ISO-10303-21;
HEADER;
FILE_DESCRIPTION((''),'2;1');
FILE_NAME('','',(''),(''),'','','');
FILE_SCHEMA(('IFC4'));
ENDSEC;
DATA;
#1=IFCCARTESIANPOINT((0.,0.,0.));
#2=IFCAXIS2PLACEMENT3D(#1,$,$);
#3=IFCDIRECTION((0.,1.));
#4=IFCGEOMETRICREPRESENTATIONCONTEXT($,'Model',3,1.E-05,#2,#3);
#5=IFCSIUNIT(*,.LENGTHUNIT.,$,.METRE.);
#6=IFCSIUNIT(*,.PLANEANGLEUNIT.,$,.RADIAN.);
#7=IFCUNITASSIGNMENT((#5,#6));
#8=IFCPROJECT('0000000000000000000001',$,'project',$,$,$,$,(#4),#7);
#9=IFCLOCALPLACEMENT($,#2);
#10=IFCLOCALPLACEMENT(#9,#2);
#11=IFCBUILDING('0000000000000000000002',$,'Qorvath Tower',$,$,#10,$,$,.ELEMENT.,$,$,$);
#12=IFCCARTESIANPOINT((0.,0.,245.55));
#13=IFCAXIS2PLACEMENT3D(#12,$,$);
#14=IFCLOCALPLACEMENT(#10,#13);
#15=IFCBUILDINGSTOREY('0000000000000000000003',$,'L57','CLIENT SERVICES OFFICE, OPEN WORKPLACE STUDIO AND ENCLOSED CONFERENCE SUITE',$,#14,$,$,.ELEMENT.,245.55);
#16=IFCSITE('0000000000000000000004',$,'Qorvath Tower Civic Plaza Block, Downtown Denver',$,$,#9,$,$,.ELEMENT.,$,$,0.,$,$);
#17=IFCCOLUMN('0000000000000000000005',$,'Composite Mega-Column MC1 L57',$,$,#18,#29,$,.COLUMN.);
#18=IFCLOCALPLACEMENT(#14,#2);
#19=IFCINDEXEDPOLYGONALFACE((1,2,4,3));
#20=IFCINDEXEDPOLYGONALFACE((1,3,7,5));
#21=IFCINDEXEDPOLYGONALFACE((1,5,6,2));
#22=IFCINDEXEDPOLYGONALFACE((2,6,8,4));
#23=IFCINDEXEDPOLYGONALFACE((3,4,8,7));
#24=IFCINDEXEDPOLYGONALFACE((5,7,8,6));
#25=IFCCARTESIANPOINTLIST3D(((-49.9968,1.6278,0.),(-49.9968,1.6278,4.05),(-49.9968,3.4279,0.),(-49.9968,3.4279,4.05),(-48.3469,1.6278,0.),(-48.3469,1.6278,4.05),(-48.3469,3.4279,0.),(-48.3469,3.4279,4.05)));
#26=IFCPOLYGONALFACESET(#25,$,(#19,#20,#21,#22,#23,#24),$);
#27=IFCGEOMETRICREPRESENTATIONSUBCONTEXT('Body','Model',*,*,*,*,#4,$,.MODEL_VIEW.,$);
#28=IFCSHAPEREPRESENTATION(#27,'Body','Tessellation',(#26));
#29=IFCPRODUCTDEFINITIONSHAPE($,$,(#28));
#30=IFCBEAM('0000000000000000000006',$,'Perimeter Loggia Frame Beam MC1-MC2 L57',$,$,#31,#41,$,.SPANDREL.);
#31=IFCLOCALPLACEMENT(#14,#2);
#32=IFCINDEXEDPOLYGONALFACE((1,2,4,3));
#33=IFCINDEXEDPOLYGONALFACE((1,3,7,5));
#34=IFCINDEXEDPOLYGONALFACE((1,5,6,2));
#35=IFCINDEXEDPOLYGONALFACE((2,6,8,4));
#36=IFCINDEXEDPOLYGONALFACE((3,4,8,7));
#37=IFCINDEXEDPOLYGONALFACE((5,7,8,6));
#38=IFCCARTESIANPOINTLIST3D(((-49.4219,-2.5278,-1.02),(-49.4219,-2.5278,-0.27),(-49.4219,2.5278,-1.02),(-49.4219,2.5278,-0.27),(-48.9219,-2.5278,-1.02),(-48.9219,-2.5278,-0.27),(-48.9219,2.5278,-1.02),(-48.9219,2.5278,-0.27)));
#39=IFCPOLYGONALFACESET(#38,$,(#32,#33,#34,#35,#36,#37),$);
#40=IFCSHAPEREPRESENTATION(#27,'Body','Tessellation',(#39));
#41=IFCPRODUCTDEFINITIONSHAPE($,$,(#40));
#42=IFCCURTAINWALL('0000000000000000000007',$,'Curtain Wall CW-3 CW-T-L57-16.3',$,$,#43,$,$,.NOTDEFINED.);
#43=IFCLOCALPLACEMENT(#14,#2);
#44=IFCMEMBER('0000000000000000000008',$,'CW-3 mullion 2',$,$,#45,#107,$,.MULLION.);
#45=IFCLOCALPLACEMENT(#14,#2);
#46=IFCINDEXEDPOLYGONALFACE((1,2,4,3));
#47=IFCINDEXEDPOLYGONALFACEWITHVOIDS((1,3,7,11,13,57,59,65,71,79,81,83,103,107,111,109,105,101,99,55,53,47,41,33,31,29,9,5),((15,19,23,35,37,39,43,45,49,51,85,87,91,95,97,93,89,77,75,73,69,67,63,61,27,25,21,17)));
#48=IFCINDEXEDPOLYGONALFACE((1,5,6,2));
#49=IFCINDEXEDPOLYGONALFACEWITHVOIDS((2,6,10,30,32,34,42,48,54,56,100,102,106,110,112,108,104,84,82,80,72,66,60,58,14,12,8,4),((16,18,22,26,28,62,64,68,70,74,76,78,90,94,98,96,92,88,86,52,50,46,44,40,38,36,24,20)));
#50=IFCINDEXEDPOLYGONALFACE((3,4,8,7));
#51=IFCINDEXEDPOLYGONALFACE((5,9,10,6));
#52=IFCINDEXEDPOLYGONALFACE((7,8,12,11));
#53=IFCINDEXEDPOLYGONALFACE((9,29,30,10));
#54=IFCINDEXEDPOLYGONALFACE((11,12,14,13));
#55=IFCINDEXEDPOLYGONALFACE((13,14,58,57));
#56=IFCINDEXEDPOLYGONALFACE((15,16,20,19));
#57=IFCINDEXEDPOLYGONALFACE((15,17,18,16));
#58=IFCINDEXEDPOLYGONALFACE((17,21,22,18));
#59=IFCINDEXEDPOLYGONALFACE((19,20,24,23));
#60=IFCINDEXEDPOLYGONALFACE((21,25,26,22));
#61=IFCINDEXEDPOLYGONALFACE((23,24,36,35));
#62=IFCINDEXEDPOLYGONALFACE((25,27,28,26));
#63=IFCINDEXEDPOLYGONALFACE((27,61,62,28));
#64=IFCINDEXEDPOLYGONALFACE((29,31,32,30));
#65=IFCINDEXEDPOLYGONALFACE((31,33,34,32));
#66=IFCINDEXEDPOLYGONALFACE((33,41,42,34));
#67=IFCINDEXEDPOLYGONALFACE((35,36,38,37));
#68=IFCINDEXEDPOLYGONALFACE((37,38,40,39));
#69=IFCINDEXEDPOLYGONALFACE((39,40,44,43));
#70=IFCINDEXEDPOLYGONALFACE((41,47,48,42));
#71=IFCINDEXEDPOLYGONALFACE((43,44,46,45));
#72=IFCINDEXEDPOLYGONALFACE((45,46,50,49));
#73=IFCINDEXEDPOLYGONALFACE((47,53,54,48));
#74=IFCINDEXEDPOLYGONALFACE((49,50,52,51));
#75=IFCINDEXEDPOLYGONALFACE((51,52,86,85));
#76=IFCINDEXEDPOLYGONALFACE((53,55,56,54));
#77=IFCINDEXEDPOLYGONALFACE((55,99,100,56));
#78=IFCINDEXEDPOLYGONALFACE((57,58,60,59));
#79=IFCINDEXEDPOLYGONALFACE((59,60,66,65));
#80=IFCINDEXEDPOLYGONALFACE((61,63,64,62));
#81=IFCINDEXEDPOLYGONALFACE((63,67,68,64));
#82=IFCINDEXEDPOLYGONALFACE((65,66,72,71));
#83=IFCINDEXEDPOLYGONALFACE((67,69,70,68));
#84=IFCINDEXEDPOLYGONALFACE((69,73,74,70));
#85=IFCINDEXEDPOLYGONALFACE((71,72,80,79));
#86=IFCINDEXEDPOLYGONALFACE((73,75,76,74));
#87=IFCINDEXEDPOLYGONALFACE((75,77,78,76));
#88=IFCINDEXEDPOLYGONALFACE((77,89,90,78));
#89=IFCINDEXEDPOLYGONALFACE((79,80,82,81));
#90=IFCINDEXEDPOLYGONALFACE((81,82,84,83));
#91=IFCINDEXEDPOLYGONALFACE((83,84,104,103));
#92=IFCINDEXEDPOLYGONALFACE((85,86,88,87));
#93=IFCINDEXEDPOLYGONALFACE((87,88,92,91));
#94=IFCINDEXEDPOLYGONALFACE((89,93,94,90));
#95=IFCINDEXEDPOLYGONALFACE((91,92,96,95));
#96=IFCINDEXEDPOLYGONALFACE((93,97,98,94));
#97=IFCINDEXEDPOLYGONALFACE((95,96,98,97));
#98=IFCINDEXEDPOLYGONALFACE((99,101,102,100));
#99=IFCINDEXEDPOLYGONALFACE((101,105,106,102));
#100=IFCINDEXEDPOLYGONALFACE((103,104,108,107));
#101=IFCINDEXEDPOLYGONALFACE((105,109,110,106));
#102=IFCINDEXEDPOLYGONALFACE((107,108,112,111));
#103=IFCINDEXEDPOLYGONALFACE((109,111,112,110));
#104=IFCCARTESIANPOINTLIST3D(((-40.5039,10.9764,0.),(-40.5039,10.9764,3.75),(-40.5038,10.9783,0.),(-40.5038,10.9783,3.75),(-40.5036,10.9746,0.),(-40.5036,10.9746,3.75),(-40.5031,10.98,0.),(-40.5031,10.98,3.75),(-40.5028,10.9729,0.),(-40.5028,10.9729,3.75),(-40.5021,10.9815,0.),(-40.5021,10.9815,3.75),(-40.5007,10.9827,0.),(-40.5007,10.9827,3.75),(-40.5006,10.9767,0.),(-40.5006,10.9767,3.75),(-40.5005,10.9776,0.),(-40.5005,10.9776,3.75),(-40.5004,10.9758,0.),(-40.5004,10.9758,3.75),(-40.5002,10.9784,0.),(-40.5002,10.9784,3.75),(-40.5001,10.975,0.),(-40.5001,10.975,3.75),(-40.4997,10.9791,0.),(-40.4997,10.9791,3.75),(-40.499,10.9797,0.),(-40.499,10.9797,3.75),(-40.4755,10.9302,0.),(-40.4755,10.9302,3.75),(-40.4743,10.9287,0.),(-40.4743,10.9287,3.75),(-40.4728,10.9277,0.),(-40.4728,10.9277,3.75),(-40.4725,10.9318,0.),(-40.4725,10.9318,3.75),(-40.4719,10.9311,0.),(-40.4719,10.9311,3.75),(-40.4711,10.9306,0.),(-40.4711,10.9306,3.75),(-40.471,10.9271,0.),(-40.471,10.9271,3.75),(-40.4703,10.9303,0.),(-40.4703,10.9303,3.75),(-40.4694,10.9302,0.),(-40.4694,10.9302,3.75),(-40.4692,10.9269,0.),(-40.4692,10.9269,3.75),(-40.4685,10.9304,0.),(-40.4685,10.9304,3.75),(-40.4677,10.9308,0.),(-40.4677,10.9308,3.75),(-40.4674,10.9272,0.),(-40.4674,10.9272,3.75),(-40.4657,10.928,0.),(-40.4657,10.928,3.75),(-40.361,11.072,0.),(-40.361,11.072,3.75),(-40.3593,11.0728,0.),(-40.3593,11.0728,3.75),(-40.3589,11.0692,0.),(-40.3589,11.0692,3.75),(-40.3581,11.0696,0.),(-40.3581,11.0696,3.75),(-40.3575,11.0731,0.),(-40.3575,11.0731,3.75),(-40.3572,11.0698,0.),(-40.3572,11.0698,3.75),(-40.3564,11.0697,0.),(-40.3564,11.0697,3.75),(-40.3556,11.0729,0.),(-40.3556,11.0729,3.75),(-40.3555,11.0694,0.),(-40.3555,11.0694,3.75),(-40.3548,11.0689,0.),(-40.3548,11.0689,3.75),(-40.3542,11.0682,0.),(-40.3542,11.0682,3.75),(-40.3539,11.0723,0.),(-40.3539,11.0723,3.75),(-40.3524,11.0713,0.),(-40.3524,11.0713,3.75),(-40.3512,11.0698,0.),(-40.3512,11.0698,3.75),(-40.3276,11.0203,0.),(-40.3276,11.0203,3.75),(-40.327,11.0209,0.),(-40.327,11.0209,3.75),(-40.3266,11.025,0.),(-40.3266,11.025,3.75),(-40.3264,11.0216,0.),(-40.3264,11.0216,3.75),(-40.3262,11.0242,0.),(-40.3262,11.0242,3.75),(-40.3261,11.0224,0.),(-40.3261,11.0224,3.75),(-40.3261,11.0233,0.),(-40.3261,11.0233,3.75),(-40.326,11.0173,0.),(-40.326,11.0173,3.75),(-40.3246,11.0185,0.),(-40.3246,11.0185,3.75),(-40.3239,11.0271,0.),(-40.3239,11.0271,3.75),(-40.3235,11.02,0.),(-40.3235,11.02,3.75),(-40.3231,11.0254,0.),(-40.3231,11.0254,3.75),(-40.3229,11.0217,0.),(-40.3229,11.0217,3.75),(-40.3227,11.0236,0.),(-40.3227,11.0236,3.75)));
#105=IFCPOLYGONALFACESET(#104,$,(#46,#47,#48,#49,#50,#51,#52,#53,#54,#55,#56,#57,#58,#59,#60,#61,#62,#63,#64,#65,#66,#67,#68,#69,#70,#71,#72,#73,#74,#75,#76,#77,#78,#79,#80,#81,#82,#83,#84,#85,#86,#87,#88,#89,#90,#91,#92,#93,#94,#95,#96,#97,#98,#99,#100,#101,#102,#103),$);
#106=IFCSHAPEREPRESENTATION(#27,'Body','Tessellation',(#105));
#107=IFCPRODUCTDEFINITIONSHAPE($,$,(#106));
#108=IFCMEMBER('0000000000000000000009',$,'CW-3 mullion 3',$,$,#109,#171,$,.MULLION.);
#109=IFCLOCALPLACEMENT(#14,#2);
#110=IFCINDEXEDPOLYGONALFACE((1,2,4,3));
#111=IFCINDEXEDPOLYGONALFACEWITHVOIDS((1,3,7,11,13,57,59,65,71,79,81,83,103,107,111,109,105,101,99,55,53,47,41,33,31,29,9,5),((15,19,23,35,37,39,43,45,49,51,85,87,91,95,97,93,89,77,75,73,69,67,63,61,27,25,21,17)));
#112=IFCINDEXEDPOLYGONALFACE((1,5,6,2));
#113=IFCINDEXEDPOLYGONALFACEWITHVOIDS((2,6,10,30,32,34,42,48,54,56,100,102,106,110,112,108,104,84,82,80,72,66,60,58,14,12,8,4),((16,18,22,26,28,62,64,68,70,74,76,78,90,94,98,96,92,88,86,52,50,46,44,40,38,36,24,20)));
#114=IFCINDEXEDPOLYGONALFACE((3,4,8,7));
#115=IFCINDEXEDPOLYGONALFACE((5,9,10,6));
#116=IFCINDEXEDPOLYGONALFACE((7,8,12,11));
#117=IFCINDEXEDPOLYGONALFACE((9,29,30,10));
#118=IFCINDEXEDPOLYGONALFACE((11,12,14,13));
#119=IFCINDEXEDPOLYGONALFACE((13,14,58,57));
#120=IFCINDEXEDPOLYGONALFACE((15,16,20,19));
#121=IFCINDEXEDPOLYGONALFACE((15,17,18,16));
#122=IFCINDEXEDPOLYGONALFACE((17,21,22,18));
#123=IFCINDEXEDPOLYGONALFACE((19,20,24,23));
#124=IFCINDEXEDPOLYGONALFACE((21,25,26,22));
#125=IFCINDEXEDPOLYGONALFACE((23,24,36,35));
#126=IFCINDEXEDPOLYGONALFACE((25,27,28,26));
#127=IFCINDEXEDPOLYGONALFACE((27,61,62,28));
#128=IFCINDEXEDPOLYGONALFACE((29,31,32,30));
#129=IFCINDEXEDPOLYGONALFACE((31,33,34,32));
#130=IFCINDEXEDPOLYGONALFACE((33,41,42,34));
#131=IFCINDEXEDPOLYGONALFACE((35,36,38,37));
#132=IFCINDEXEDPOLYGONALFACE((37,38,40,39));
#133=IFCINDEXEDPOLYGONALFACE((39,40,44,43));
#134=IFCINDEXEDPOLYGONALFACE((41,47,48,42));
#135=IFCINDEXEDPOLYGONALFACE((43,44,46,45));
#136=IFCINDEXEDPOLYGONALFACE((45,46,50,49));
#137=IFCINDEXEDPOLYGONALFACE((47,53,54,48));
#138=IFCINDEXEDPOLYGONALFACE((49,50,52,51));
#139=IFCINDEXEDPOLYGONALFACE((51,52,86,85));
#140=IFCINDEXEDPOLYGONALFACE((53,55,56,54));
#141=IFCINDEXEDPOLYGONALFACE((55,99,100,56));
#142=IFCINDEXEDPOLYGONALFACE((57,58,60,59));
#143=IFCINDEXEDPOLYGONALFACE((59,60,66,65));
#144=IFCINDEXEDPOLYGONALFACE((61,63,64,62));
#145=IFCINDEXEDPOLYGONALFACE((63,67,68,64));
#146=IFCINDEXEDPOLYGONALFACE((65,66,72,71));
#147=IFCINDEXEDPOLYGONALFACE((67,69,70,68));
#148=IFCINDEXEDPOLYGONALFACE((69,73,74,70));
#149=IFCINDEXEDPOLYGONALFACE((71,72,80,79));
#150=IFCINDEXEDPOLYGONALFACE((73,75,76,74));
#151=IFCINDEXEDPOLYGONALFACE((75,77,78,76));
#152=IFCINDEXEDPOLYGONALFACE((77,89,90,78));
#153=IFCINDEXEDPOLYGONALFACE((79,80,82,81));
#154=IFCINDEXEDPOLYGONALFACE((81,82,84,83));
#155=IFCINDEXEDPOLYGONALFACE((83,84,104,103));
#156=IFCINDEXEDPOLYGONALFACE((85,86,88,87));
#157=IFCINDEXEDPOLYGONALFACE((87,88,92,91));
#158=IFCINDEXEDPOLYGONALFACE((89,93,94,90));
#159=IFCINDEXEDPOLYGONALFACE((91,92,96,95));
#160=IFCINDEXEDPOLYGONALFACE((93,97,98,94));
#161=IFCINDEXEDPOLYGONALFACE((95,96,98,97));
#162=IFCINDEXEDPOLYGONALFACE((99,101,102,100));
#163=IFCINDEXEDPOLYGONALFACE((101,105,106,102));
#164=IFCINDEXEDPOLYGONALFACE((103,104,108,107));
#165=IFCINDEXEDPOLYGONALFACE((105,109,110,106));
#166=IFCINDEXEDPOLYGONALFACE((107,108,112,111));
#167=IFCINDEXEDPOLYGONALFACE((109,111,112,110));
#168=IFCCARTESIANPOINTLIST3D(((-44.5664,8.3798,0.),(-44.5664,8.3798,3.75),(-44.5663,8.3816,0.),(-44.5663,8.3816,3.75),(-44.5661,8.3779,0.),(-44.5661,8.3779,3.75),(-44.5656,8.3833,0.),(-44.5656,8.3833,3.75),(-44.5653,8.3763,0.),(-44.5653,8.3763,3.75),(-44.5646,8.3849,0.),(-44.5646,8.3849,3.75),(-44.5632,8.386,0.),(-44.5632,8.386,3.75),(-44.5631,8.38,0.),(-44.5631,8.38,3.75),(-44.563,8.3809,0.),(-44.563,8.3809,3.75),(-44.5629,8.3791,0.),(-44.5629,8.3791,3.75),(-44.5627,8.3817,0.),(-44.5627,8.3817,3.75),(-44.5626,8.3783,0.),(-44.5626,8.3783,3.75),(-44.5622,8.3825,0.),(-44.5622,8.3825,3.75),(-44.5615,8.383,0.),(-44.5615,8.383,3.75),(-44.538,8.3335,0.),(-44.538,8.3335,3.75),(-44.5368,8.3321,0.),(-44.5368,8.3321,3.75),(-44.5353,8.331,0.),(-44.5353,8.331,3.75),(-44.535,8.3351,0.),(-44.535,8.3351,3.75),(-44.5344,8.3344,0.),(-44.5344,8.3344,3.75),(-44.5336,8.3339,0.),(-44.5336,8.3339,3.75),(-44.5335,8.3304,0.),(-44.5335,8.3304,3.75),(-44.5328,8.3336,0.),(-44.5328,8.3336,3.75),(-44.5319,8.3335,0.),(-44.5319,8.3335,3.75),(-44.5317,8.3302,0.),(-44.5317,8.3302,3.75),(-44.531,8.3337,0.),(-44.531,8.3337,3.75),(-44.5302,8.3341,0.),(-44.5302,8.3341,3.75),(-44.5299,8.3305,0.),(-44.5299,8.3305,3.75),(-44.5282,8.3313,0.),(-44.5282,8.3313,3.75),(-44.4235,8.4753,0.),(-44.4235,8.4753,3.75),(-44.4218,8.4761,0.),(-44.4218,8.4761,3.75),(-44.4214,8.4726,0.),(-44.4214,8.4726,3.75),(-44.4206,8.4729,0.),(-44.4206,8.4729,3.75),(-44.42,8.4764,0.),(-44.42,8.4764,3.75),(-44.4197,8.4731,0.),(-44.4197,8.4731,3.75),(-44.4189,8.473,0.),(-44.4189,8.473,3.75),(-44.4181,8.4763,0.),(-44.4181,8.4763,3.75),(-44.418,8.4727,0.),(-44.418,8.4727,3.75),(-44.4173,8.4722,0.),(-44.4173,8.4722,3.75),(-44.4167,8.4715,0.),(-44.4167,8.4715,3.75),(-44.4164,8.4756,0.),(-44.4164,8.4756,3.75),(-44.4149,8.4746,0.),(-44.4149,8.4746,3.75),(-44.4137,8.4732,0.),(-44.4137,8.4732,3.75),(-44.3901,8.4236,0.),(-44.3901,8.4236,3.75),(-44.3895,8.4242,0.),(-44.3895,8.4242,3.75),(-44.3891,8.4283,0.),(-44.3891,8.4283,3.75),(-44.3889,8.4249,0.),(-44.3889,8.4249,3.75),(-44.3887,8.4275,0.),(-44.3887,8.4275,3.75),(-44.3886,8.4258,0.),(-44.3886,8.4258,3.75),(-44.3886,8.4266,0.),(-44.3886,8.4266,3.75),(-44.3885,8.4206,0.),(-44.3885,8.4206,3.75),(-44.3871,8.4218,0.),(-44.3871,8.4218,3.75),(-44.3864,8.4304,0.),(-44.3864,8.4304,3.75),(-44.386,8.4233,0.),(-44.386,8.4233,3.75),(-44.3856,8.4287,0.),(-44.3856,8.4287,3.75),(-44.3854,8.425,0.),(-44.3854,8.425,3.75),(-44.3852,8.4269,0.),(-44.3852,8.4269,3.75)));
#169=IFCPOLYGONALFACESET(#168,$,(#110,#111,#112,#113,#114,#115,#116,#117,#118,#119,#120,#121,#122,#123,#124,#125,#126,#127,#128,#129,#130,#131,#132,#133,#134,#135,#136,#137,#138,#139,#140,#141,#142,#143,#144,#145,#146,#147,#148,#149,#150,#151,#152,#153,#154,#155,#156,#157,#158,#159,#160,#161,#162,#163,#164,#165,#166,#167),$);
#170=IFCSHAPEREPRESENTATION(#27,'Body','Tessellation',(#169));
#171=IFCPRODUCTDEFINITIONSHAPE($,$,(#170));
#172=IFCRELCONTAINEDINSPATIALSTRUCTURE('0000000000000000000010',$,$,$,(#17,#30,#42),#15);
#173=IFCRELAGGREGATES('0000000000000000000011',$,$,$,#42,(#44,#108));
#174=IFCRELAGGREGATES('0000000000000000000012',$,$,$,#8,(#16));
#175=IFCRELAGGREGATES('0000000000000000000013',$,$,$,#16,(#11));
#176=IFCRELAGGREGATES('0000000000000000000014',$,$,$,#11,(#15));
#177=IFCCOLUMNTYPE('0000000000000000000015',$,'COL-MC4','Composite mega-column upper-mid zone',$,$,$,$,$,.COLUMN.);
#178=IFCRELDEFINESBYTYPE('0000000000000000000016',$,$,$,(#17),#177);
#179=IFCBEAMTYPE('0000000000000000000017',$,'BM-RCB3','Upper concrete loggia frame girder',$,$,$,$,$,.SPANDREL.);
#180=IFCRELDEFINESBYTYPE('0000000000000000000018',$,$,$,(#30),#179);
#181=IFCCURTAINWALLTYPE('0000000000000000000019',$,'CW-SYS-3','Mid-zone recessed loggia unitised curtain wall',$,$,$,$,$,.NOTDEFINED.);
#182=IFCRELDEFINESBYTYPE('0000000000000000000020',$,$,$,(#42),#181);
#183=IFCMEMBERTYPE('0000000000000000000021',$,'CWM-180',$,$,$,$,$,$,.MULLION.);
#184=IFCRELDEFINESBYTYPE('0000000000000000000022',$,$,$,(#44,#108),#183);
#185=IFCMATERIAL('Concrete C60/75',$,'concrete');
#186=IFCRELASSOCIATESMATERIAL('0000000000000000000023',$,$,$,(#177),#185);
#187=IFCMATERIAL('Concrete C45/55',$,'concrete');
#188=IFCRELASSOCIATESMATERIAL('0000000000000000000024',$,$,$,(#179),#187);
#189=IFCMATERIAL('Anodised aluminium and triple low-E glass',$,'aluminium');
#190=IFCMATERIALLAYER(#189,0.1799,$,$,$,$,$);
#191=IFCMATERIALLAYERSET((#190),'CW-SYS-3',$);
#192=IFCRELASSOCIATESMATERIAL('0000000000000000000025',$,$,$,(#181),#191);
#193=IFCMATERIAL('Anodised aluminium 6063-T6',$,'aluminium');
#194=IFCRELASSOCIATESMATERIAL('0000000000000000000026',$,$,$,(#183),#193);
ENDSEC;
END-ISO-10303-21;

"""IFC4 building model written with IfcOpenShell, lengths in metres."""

from ifc_helpers import new_model, si_unit, direction, frame, origin, origin_2d, place, context, subcontext, project, spatial, rectangle, hollow_rectangle, extrude, material, layer, layer_set, material_profile, profile_set, type_object, element, aggregate, save


model = new_model("IFC4")

# Units and contexts
model_context = context("Model", 3, precision=1e-05, world=origin(), true_north=direction((0.0, 1.0)))
body_context = subcontext(model_context, "Body", "Model", "MODEL_VIEW")
ifc_project = project(units=[si_unit("LENGTHUNIT", "METRE"), si_unit("PLANEANGLEUNIT", "RADIAN")], contexts=[model_context])

# Site, building, storey
site_placement = place(None, origin())
site = spatial("IfcSite", under=ifc_project, at=site_placement, Name="Qorvath Tower Civic Plaza Block, Downtown Denver", CompositionType="ELEMENT", RefElevation=0.0)
building_placement = place(site_placement, origin())
building = spatial("IfcBuilding", under=site, at=building_placement, Name="Qorvath Tower", CompositionType="ELEMENT")
storey_placement = place(building_placement, frame((0.0, 0.0, 245.55)))
storey = spatial("IfcBuildingStorey", under=building, at=storey_placement, Name="L57", Description="CLIENT SERVICES OFFICE, OPEN WORKPLACE STUDIO AND ENCLOSED CONFERENCE SUITE", CompositionType="ELEMENT", Elevation=245.55)

# Column
ifc_material_1 = material(Name="Concrete C60/75", Category="concrete")
ifc_material_profile_1 = material_profile(ifc_material_1, rectangle(XDim=1.6499, YDim=1.8, at=origin_2d()), Name="MC 1800x1650")
ifc_profile_set_1 = profile_set([ifc_material_profile_1], Name="Concrete C60/75")
column_type = type_object("IfcColumnType", Name="COL-MC4", Description="Composite mega-column upper-mid zone", PredefinedType="COLUMN", material=ifc_profile_set_1)
column_placement = place(storey_placement, frame((-49.1719, 2.5278, 0.0), z_axis=(0.0, 0.0, 1.0), x_axis=(1.0, 0.0, 0.0)))
element("IfcColumn", 1, at=column_placement, inside=storey, type_object=column_type, Name="Composite Mega-Column MC1 L57", PredefinedType="COLUMN", context=body_context, shape_type="SweptSolid", body=[
    extrude(rectangle(XDim=1.6499, YDim=1.8, at=origin_2d()), origin(), (0.0, 0.0, 1.0), 4.05),
])

# Beam
ifc_material_2 = material(Name="Concrete C45/55", Category="concrete")
ifc_material_profile_2 = material_profile(ifc_material_2, rectangle(XDim=0.5, YDim=0.75, at=origin_2d()), Name="RCB 750x500")
ifc_profile_set_2 = profile_set([ifc_material_profile_2], Name="Concrete C45/55")
beam_type = type_object("IfcBeamType", Name="BM-RCB3", Description="Upper concrete loggia frame girder", PredefinedType="SPANDREL", material=ifc_profile_set_2)
beam_placement = place(storey_placement, frame((-49.1719, 2.5278, -0.645), z_axis=(0.0, -1.0, 0.0), x_axis=(1.0, 0.0, 0.0)))
element("IfcBeam", 2, at=beam_placement, inside=storey, type_object=beam_type, Name="Perimeter Loggia Frame Beam MC1-MC2 L57", PredefinedType="SPANDREL", context=body_context, shape_type="SweptSolid", body=[
    extrude(rectangle(XDim=0.5, YDim=0.75, at=origin_2d()), origin(), (0.0, 0.0, 1.0), 5.0557),
])

# Curtain wall, members
ifc_material_3 = material(Name="Anodised aluminium and triple low-E glass", Category="aluminium")
ifc_layer_1 = layer(ifc_material_3, 0.1799)
ifc_layer_set_1 = layer_set([ifc_layer_1], Name="CW-SYS-3")
curtain_wall_type = type_object("IfcCurtainWallType", Name="CW-SYS-3", Description="Mid-zone recessed loggia unitised curtain wall", PredefinedType="NOTDEFINED", material=ifc_layer_set_1)
curtain_wall_placement = place(storey_placement, origin())
curtain_wall = element("IfcCurtainWall", 3, at=curtain_wall_placement, inside=storey, type_object=curtain_wall_type, Name="Curtain Wall CW-3 CW-T-L57-16.3", PredefinedType="NOTDEFINED")
ifc_material_4 = material(Name="Anodised aluminium 6063-T6", Category="aluminium")
ifc_material_profile_3 = material_profile(ifc_material_4, hollow_rectangle(XDim=0.0649, YDim=0.1799, WallThickness=0.0034, InnerFilletRadius=0.0034, OuterFilletRadius=0.0071, at=origin_2d()), Name="CWM 180x65")
ifc_profile_set_3 = profile_set([ifc_material_profile_3], Name="Anodised aluminium 6063-T6")
member_type_1 = type_object("IfcMemberType", Name="CWM-180", PredefinedType="MULLION", material=ifc_profile_set_3)
member_1_placement = place(storey_placement, frame((-40.4133, 11.0, 0.0), z_axis=(0.0, 0.0, 1.0), x_axis=(0.538527, -0.842608, 0.0)))
member_1 = element("IfcMember", 4, at=member_1_placement, type_object=member_type_1, Name="CW-3 mullion 2", PredefinedType="MULLION", context=body_context, shape_type="SweptSolid", body=[
    extrude(hollow_rectangle(XDim=0.0649, YDim=0.1799, WallThickness=0.0034, InnerFilletRadius=0.0034, OuterFilletRadius=0.0071, at=origin_2d()), origin(), (0.0, 0.0, 1.0), 3.75),
])
member_2_placement = place(storey_placement, frame((-44.4758, 8.4033, 0.0), z_axis=(0.0, 0.0, 1.0), x_axis=(0.538527, -0.842608, 0.0)))
member_2 = element("IfcMember", 5, at=member_2_placement, type_object=member_type_1, Name="CW-3 mullion 3", PredefinedType="MULLION", context=body_context, shape_type="SweptSolid", body=[
    extrude(hollow_rectangle(XDim=0.0649, YDim=0.1799, WallThickness=0.0034, InnerFilletRadius=0.0034, OuterFilletRadius=0.0071, at=origin_2d()), origin(), (0.0, 0.0, 1.0), 3.75),
])
aggregate(curtain_wall, [member_1, member_2])

save(model, "model.ifc")
